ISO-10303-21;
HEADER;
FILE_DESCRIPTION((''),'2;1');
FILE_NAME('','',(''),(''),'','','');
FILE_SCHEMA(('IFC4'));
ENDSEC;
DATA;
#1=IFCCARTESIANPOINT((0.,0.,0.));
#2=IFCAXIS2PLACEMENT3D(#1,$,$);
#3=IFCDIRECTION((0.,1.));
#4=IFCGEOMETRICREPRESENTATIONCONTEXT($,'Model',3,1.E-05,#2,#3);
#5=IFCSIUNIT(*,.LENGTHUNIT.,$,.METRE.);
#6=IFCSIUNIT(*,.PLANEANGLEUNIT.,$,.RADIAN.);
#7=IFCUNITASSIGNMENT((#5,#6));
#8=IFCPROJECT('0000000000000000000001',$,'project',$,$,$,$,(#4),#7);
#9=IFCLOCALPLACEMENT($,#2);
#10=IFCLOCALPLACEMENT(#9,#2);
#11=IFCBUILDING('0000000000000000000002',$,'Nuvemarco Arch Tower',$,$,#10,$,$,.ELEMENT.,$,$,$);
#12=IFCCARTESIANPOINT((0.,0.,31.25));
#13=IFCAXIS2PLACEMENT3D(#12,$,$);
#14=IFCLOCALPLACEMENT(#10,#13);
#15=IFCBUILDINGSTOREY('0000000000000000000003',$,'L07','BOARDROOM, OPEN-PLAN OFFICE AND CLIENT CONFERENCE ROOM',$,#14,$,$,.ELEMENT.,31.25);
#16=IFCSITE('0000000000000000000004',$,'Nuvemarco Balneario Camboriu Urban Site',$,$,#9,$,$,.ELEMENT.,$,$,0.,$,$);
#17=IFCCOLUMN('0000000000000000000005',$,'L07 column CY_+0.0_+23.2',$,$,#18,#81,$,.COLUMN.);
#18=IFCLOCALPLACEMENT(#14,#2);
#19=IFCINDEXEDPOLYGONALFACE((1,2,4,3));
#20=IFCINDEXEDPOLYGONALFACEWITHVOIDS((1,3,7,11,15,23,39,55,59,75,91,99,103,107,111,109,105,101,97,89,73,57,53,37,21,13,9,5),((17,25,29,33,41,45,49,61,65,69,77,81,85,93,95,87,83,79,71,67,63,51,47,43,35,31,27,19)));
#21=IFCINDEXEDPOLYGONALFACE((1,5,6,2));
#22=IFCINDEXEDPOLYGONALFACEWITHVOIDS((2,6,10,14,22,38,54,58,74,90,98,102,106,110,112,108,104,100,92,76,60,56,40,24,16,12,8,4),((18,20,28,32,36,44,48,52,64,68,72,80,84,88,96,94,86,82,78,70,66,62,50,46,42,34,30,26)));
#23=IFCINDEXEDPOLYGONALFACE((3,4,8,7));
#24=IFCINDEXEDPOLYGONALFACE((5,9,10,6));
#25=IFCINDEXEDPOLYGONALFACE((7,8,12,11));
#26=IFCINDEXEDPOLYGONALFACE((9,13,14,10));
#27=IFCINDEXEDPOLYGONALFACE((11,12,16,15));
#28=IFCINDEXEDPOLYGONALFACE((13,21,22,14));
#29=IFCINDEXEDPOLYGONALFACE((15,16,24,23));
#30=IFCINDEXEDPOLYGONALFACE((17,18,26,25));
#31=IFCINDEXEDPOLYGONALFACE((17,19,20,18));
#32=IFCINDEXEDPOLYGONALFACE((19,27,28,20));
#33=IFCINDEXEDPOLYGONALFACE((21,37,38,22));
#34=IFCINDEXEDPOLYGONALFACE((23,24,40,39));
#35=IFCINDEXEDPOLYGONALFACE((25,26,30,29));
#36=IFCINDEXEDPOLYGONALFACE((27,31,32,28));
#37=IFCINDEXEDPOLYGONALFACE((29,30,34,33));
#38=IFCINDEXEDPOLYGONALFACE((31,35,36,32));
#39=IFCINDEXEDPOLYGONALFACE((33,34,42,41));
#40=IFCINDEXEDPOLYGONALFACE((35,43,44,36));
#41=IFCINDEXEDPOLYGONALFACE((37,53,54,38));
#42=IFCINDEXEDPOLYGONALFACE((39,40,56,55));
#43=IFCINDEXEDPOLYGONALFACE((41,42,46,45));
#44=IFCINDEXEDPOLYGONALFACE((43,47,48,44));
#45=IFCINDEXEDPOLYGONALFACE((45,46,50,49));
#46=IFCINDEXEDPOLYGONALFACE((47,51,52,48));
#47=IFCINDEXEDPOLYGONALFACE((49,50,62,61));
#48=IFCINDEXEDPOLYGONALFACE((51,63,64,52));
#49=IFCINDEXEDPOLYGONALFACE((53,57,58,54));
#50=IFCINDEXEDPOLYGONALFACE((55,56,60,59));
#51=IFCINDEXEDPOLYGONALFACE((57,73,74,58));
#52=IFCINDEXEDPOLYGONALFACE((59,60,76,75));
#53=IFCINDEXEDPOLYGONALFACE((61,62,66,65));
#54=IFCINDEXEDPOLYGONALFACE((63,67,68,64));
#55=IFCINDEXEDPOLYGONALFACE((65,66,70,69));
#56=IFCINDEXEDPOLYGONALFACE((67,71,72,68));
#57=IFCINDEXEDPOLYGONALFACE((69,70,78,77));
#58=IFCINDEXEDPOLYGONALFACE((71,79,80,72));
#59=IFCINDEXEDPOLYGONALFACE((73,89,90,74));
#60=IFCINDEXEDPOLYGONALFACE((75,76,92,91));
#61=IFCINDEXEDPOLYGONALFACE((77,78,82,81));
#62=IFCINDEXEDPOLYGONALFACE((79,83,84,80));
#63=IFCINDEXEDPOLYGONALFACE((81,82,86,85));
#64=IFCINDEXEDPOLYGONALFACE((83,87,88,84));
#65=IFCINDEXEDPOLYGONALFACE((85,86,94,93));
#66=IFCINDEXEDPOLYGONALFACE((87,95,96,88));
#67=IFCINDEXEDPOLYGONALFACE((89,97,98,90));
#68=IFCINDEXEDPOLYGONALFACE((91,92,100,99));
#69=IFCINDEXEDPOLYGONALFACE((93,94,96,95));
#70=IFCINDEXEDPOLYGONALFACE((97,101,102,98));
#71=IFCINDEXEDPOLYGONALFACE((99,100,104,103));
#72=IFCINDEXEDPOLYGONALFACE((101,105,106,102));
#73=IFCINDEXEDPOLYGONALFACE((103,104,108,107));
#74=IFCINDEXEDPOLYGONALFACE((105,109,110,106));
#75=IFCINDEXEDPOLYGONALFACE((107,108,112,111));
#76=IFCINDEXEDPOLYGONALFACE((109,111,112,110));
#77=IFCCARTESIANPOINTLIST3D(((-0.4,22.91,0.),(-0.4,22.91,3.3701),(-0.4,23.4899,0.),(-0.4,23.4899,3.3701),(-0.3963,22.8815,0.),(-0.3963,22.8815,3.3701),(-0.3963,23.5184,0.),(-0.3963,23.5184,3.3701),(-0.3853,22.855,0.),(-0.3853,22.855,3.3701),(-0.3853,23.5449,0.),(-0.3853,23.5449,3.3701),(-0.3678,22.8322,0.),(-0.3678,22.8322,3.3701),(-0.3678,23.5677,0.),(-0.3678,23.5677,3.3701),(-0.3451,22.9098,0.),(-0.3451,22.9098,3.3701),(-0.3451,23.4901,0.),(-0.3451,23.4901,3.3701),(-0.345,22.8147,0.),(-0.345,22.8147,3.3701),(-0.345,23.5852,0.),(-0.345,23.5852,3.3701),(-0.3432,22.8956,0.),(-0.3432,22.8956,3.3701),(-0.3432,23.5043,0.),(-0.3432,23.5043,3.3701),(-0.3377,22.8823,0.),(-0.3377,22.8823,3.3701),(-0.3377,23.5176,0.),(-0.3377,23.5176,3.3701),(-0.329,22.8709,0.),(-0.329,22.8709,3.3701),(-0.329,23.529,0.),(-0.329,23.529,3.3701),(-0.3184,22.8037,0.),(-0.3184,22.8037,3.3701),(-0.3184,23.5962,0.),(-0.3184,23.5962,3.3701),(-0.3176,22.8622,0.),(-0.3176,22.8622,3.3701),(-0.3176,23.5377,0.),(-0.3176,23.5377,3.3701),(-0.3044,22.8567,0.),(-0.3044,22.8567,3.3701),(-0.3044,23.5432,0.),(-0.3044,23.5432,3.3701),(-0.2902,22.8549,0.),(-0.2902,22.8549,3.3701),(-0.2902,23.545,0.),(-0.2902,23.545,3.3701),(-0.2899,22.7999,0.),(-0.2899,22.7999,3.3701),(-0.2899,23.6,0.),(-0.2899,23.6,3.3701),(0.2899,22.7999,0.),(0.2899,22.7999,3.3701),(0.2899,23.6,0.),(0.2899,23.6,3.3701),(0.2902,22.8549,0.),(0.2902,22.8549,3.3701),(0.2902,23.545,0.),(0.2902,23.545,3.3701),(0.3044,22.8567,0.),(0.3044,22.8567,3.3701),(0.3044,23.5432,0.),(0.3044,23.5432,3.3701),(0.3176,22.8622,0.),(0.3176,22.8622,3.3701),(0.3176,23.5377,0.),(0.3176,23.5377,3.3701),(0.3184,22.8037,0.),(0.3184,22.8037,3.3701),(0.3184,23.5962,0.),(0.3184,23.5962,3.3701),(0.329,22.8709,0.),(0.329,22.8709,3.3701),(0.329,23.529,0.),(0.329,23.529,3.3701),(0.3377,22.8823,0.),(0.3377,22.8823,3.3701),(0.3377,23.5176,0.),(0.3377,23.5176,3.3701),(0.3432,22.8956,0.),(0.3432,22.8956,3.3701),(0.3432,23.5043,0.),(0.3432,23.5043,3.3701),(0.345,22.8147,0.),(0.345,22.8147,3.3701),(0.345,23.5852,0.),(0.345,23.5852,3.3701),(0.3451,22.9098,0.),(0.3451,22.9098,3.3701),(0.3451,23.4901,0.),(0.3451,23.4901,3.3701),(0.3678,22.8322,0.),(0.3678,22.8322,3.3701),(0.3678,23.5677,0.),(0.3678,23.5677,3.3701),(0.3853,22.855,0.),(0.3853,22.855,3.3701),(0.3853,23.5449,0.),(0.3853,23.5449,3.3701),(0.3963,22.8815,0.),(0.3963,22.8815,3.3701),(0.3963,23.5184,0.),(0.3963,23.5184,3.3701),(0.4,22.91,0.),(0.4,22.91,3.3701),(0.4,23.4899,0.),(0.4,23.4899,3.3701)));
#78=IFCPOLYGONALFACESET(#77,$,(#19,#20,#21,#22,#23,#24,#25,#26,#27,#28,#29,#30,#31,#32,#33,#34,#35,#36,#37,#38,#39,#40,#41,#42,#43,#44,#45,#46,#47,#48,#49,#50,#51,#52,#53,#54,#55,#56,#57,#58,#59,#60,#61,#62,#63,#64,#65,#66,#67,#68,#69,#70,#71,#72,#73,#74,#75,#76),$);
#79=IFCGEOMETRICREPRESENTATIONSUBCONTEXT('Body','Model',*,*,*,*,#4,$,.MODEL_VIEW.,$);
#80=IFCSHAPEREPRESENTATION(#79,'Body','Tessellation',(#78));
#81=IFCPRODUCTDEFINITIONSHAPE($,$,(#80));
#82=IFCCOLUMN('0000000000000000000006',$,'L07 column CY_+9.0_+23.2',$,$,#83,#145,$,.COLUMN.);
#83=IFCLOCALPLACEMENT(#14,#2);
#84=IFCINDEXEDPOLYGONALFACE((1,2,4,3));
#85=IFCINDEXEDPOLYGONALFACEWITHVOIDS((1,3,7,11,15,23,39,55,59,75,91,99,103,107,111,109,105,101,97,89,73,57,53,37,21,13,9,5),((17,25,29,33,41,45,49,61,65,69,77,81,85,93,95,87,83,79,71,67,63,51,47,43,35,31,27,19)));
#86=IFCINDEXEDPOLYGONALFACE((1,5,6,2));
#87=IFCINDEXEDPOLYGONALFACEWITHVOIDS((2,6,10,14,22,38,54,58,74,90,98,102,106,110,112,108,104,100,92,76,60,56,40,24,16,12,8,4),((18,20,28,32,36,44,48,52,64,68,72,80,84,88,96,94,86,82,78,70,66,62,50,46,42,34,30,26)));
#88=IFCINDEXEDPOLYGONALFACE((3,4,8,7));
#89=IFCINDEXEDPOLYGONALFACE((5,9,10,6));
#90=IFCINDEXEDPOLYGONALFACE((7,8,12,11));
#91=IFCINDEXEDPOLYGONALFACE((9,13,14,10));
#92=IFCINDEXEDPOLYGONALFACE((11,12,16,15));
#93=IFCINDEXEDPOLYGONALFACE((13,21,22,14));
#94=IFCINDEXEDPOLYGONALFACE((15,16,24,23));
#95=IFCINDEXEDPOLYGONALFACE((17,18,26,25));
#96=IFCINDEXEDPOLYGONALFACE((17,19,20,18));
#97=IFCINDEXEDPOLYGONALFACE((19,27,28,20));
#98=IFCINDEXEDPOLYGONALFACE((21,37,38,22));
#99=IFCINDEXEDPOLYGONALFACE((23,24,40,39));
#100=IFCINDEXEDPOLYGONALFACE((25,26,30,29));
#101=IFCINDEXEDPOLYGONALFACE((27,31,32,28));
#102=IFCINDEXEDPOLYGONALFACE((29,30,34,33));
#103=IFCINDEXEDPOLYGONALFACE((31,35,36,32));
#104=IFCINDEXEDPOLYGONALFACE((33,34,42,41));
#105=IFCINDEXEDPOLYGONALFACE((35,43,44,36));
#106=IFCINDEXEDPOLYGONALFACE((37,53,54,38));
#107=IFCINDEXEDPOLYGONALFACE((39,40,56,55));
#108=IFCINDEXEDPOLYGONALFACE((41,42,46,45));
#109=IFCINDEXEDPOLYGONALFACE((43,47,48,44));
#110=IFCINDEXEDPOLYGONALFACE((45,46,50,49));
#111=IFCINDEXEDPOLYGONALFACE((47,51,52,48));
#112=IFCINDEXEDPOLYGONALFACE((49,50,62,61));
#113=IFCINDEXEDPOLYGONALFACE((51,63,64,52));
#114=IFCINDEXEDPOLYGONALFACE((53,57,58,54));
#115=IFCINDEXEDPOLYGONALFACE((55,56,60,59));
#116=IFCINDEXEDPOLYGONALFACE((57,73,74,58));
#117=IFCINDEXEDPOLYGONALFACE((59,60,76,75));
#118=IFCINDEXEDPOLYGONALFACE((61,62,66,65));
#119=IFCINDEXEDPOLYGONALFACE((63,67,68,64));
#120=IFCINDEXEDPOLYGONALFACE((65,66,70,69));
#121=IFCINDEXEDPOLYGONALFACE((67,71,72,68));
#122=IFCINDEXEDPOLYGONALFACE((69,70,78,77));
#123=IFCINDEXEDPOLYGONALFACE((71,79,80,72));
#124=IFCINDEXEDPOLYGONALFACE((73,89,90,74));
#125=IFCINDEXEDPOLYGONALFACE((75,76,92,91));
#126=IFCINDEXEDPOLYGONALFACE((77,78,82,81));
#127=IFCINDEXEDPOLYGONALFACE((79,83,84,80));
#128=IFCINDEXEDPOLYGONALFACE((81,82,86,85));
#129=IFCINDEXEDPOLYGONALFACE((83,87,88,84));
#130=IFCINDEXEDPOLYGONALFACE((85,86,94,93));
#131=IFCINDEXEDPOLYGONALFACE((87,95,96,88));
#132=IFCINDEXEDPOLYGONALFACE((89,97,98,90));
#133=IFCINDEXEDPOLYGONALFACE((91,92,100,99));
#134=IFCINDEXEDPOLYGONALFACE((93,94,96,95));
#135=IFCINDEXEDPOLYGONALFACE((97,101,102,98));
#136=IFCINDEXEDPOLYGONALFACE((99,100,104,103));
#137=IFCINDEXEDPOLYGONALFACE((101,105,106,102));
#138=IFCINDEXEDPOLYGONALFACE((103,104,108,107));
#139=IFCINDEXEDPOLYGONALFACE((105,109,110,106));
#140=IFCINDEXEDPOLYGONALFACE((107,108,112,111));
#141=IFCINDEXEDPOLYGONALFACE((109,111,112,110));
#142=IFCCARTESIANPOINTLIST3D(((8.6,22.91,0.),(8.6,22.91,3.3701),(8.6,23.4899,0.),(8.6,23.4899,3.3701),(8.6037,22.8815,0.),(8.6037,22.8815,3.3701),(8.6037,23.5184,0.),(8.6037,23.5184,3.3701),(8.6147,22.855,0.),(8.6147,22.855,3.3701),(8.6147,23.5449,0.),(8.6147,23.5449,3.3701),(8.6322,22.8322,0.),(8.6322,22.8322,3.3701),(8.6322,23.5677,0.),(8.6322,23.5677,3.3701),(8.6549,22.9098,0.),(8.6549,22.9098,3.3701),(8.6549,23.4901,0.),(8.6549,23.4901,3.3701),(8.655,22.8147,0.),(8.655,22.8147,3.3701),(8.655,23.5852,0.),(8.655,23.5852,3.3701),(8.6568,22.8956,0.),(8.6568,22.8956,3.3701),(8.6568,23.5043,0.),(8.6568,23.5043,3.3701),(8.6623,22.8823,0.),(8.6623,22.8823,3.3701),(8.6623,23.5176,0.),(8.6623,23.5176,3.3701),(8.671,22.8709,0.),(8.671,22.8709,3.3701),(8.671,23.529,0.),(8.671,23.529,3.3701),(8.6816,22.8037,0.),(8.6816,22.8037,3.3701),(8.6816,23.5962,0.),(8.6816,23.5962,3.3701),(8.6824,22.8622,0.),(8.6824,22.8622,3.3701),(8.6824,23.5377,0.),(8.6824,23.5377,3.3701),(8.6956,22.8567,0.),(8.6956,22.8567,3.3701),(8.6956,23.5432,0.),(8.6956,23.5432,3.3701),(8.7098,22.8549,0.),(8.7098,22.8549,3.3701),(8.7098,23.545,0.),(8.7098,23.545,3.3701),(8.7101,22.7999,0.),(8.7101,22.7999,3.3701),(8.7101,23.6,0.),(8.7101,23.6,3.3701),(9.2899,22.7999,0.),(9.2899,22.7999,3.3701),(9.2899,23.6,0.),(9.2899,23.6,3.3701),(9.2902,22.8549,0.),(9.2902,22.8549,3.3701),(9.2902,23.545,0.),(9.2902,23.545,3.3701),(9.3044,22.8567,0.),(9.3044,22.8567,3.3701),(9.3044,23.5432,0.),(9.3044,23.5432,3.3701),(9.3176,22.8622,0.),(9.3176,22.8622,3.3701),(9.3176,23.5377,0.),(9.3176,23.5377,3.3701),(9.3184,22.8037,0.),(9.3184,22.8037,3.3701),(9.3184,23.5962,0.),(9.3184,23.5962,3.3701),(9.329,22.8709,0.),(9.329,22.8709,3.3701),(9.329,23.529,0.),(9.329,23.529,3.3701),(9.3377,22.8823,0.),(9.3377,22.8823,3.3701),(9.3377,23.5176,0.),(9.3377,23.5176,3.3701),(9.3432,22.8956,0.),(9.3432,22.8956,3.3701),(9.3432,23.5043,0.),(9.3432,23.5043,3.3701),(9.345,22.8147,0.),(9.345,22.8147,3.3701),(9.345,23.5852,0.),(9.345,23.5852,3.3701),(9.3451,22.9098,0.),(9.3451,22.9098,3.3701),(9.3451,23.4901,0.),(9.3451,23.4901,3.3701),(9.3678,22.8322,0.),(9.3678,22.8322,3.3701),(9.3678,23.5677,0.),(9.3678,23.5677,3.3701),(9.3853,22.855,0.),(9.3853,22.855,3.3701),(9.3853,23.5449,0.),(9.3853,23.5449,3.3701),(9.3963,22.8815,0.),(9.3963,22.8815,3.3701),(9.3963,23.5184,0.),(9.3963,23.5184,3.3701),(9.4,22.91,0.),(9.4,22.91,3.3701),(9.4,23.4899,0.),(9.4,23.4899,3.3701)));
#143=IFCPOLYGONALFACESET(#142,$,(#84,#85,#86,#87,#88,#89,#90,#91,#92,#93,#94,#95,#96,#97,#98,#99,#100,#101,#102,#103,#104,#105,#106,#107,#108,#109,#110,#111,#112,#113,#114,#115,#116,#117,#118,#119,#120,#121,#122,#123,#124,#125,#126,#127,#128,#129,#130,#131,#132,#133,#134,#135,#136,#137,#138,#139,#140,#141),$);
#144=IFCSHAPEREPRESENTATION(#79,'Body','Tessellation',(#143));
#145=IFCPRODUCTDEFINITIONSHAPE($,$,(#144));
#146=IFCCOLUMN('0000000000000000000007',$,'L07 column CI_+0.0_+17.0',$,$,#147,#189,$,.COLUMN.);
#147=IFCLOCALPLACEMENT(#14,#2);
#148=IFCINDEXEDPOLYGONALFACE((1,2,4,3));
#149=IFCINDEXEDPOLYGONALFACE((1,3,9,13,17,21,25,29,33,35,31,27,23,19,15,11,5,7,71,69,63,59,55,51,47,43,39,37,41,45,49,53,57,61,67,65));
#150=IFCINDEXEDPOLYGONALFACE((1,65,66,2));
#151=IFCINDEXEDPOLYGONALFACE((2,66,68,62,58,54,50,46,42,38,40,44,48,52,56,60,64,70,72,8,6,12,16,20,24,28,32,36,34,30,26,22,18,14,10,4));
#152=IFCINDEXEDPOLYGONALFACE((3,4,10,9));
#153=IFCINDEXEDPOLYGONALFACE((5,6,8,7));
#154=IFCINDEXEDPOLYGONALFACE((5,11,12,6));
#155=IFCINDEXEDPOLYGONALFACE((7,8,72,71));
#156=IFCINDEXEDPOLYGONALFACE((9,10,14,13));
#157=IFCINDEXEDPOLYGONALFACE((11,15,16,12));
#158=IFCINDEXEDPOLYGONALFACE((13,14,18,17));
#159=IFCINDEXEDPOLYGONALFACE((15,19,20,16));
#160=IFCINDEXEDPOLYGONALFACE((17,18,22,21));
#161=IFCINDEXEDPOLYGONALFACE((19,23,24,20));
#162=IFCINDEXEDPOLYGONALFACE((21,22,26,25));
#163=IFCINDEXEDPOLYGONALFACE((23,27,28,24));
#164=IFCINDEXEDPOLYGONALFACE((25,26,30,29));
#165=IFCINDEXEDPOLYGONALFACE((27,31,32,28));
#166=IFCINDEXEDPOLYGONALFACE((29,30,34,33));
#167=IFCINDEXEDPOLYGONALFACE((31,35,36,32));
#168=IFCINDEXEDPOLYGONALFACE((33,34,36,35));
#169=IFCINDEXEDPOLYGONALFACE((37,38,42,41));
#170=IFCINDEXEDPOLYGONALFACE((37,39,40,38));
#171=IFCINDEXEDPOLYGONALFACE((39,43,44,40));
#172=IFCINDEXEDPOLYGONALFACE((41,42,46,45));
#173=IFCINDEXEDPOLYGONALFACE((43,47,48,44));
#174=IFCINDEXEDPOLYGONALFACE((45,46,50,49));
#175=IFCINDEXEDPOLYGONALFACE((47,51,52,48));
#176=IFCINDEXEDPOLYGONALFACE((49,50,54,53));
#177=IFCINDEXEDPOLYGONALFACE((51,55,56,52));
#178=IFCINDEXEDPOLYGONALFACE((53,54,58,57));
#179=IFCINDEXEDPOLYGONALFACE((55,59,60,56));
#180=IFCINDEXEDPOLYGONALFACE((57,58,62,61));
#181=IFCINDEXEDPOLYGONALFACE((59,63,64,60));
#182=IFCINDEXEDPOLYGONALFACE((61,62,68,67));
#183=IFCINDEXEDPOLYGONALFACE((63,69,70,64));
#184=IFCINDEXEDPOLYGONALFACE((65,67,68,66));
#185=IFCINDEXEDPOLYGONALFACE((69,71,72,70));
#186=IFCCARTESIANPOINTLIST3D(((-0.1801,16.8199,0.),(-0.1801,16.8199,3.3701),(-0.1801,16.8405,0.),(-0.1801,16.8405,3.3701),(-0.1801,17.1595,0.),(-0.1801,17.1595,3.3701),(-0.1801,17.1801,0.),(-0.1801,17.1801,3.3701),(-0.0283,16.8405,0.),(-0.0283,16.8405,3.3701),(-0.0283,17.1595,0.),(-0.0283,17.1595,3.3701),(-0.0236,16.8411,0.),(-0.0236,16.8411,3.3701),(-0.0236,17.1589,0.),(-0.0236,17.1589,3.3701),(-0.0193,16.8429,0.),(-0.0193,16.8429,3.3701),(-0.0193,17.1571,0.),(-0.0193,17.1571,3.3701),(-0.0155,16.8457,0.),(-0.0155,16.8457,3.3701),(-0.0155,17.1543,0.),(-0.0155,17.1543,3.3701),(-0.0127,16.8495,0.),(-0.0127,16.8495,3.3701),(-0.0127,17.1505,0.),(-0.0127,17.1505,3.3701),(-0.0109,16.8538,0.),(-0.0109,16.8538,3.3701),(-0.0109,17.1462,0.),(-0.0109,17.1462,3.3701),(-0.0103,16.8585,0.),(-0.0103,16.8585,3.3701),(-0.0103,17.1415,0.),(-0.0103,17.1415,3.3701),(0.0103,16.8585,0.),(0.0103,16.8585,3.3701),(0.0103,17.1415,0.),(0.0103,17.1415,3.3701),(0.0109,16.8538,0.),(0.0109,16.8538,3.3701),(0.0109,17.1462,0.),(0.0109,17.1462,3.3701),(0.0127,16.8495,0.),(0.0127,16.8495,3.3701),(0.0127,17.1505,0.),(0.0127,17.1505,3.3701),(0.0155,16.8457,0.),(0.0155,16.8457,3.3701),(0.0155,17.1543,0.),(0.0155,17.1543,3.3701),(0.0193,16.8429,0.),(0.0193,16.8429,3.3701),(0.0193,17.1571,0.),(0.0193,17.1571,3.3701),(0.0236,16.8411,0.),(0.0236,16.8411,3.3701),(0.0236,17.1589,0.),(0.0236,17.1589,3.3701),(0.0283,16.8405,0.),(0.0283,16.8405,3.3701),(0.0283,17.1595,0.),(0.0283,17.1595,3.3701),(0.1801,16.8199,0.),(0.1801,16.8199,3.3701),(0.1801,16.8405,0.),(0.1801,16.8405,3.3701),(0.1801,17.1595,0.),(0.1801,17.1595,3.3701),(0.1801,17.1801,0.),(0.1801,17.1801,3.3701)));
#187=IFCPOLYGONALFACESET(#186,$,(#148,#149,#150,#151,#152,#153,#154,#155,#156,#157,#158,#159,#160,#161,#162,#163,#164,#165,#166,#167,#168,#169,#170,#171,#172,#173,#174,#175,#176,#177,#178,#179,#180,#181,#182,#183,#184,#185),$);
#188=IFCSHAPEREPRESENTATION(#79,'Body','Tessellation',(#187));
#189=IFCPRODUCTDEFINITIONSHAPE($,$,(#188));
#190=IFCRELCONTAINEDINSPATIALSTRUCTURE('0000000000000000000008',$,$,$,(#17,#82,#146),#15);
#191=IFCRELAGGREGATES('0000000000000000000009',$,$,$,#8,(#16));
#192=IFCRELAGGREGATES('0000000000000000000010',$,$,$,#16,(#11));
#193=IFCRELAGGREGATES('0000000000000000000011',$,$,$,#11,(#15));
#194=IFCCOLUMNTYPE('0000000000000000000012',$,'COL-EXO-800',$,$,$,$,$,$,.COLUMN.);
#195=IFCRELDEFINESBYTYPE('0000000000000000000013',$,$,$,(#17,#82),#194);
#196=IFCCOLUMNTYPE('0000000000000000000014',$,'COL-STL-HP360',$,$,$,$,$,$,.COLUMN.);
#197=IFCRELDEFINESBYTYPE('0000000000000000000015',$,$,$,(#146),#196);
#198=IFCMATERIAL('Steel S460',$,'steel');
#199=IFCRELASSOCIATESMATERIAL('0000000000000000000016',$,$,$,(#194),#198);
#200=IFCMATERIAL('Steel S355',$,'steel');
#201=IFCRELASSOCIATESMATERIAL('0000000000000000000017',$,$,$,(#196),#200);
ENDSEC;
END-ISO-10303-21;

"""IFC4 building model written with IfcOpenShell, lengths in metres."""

from ifc_helpers import new_model, si_unit, direction, frame, origin, origin_2d, place, context, subcontext, project, spatial, hollow_rectangle, i_section, extrude, material, material_profile, profile_set, type_object, element, save


model = new_model("IFC4")

# Units and contexts
model_context = context("Model", 3, precision=1e-05, world=origin(), true_north=direction((0.0, 1.0)))
body_context = subcontext(model_context, "Body", "Model", "MODEL_VIEW")
ifc_project = project(units=[si_unit("LENGTHUNIT", "METRE"), si_unit("PLANEANGLEUNIT", "RADIAN")], contexts=[model_context])

# Site, building, storey
site_placement = place(None, origin())
site = spatial("IfcSite", under=ifc_project, at=site_placement, Name="Nuvemarco Balneario Camboriu Urban Site", CompositionType="ELEMENT", RefElevation=0.0)
building_placement = place(site_placement, origin())
building = spatial("IfcBuilding", under=site, at=building_placement, Name="Nuvemarco Arch Tower", CompositionType="ELEMENT")
storey_placement = place(building_placement, frame((0.0, 0.0, 31.25)))
storey = spatial("IfcBuildingStorey", under=building, at=storey_placement, Name="L07", Description="BOARDROOM, OPEN-PLAN OFFICE AND CLIENT CONFERENCE ROOM", CompositionType="ELEMENT", Elevation=31.25)

# Columns
ifc_material_1 = material(Name="Steel S460", Category="steel")
ifc_material_profile_1 = material_profile(ifc_material_1, hollow_rectangle(XDim=0.8, YDim=0.8, WallThickness=0.0549, InnerFilletRadius=0.0549, OuterFilletRadius=0.1101, at=origin_2d()), Name="SHS800x800x55")
ifc_profile_set_1 = profile_set([ifc_material_profile_1], Name="Steel S460")
column_type_1 = type_object("IfcColumnType", Name="COL-EXO-800", PredefinedType="COLUMN", material=ifc_profile_set_1)
for number, where, z_axis, x_axis, name in (
    (1, (0.0, 23.2, 0.0), (0.0, 0.0, 1.0), (1.0, 0.0, 0.0), "L07 column CY_+0.0_+23.2"),
    (2, (9.0, 23.2, 0.0), (0.0, 0.0, 1.0), (1.0, 0.0, 0.0), "L07 column CY_+9.0_+23.2"),
):
    element("IfcColumn", number, at=place(storey_placement, frame(where, z_axis=z_axis, x_axis=x_axis)), inside=storey, type_object=column_type_1, Name=name, PredefinedType="COLUMN", context=body_context, shape_type="SweptSolid", body=[
        extrude(hollow_rectangle(XDim=0.8, YDim=0.8, WallThickness=0.0549, InnerFilletRadius=0.0549, OuterFilletRadius=0.1101, at=origin_2d()), origin(), (0.0, 0.0, 1.0), 3.3701),
    ])
ifc_material_2 = material(Name="Steel S355", Category="steel")
ifc_material_profile_2 = material_profile(ifc_material_2, i_section(OverallWidth=0.3601, OverallDepth=0.3601, WebThickness=0.0205, FlangeThickness=0.0205, FilletRadius=0.0181, at=origin_2d()), Name="HP360x174")
ifc_profile_set_2 = profile_set([ifc_material_profile_2], Name="Steel S355")
column_type_2 = type_object("IfcColumnType", Name="COL-STL-HP360", PredefinedType="COLUMN", material=ifc_profile_set_2)
for number, where, z_axis, x_axis, name in (
    (3, (0.0, 17.0, 0.0), (0.0, 0.0, 1.0), (1.0, 0.0, 0.0), "L07 column CI_+0.0_+17.0"),
):
    element("IfcColumn", number, at=place(storey_placement, frame(where, z_axis=z_axis, x_axis=x_axis)), inside=storey, type_object=column_type_2, Name=name, PredefinedType="COLUMN", context=body_context, shape_type="SweptSolid", body=[
        extrude(i_section(OverallWidth=0.3601, OverallDepth=0.3601, WebThickness=0.0205, FlangeThickness=0.0205, FilletRadius=0.0181, at=origin_2d()), origin(), (0.0, 0.0, 1.0), 3.3701),
    ])

save(model, "model.ifc")
